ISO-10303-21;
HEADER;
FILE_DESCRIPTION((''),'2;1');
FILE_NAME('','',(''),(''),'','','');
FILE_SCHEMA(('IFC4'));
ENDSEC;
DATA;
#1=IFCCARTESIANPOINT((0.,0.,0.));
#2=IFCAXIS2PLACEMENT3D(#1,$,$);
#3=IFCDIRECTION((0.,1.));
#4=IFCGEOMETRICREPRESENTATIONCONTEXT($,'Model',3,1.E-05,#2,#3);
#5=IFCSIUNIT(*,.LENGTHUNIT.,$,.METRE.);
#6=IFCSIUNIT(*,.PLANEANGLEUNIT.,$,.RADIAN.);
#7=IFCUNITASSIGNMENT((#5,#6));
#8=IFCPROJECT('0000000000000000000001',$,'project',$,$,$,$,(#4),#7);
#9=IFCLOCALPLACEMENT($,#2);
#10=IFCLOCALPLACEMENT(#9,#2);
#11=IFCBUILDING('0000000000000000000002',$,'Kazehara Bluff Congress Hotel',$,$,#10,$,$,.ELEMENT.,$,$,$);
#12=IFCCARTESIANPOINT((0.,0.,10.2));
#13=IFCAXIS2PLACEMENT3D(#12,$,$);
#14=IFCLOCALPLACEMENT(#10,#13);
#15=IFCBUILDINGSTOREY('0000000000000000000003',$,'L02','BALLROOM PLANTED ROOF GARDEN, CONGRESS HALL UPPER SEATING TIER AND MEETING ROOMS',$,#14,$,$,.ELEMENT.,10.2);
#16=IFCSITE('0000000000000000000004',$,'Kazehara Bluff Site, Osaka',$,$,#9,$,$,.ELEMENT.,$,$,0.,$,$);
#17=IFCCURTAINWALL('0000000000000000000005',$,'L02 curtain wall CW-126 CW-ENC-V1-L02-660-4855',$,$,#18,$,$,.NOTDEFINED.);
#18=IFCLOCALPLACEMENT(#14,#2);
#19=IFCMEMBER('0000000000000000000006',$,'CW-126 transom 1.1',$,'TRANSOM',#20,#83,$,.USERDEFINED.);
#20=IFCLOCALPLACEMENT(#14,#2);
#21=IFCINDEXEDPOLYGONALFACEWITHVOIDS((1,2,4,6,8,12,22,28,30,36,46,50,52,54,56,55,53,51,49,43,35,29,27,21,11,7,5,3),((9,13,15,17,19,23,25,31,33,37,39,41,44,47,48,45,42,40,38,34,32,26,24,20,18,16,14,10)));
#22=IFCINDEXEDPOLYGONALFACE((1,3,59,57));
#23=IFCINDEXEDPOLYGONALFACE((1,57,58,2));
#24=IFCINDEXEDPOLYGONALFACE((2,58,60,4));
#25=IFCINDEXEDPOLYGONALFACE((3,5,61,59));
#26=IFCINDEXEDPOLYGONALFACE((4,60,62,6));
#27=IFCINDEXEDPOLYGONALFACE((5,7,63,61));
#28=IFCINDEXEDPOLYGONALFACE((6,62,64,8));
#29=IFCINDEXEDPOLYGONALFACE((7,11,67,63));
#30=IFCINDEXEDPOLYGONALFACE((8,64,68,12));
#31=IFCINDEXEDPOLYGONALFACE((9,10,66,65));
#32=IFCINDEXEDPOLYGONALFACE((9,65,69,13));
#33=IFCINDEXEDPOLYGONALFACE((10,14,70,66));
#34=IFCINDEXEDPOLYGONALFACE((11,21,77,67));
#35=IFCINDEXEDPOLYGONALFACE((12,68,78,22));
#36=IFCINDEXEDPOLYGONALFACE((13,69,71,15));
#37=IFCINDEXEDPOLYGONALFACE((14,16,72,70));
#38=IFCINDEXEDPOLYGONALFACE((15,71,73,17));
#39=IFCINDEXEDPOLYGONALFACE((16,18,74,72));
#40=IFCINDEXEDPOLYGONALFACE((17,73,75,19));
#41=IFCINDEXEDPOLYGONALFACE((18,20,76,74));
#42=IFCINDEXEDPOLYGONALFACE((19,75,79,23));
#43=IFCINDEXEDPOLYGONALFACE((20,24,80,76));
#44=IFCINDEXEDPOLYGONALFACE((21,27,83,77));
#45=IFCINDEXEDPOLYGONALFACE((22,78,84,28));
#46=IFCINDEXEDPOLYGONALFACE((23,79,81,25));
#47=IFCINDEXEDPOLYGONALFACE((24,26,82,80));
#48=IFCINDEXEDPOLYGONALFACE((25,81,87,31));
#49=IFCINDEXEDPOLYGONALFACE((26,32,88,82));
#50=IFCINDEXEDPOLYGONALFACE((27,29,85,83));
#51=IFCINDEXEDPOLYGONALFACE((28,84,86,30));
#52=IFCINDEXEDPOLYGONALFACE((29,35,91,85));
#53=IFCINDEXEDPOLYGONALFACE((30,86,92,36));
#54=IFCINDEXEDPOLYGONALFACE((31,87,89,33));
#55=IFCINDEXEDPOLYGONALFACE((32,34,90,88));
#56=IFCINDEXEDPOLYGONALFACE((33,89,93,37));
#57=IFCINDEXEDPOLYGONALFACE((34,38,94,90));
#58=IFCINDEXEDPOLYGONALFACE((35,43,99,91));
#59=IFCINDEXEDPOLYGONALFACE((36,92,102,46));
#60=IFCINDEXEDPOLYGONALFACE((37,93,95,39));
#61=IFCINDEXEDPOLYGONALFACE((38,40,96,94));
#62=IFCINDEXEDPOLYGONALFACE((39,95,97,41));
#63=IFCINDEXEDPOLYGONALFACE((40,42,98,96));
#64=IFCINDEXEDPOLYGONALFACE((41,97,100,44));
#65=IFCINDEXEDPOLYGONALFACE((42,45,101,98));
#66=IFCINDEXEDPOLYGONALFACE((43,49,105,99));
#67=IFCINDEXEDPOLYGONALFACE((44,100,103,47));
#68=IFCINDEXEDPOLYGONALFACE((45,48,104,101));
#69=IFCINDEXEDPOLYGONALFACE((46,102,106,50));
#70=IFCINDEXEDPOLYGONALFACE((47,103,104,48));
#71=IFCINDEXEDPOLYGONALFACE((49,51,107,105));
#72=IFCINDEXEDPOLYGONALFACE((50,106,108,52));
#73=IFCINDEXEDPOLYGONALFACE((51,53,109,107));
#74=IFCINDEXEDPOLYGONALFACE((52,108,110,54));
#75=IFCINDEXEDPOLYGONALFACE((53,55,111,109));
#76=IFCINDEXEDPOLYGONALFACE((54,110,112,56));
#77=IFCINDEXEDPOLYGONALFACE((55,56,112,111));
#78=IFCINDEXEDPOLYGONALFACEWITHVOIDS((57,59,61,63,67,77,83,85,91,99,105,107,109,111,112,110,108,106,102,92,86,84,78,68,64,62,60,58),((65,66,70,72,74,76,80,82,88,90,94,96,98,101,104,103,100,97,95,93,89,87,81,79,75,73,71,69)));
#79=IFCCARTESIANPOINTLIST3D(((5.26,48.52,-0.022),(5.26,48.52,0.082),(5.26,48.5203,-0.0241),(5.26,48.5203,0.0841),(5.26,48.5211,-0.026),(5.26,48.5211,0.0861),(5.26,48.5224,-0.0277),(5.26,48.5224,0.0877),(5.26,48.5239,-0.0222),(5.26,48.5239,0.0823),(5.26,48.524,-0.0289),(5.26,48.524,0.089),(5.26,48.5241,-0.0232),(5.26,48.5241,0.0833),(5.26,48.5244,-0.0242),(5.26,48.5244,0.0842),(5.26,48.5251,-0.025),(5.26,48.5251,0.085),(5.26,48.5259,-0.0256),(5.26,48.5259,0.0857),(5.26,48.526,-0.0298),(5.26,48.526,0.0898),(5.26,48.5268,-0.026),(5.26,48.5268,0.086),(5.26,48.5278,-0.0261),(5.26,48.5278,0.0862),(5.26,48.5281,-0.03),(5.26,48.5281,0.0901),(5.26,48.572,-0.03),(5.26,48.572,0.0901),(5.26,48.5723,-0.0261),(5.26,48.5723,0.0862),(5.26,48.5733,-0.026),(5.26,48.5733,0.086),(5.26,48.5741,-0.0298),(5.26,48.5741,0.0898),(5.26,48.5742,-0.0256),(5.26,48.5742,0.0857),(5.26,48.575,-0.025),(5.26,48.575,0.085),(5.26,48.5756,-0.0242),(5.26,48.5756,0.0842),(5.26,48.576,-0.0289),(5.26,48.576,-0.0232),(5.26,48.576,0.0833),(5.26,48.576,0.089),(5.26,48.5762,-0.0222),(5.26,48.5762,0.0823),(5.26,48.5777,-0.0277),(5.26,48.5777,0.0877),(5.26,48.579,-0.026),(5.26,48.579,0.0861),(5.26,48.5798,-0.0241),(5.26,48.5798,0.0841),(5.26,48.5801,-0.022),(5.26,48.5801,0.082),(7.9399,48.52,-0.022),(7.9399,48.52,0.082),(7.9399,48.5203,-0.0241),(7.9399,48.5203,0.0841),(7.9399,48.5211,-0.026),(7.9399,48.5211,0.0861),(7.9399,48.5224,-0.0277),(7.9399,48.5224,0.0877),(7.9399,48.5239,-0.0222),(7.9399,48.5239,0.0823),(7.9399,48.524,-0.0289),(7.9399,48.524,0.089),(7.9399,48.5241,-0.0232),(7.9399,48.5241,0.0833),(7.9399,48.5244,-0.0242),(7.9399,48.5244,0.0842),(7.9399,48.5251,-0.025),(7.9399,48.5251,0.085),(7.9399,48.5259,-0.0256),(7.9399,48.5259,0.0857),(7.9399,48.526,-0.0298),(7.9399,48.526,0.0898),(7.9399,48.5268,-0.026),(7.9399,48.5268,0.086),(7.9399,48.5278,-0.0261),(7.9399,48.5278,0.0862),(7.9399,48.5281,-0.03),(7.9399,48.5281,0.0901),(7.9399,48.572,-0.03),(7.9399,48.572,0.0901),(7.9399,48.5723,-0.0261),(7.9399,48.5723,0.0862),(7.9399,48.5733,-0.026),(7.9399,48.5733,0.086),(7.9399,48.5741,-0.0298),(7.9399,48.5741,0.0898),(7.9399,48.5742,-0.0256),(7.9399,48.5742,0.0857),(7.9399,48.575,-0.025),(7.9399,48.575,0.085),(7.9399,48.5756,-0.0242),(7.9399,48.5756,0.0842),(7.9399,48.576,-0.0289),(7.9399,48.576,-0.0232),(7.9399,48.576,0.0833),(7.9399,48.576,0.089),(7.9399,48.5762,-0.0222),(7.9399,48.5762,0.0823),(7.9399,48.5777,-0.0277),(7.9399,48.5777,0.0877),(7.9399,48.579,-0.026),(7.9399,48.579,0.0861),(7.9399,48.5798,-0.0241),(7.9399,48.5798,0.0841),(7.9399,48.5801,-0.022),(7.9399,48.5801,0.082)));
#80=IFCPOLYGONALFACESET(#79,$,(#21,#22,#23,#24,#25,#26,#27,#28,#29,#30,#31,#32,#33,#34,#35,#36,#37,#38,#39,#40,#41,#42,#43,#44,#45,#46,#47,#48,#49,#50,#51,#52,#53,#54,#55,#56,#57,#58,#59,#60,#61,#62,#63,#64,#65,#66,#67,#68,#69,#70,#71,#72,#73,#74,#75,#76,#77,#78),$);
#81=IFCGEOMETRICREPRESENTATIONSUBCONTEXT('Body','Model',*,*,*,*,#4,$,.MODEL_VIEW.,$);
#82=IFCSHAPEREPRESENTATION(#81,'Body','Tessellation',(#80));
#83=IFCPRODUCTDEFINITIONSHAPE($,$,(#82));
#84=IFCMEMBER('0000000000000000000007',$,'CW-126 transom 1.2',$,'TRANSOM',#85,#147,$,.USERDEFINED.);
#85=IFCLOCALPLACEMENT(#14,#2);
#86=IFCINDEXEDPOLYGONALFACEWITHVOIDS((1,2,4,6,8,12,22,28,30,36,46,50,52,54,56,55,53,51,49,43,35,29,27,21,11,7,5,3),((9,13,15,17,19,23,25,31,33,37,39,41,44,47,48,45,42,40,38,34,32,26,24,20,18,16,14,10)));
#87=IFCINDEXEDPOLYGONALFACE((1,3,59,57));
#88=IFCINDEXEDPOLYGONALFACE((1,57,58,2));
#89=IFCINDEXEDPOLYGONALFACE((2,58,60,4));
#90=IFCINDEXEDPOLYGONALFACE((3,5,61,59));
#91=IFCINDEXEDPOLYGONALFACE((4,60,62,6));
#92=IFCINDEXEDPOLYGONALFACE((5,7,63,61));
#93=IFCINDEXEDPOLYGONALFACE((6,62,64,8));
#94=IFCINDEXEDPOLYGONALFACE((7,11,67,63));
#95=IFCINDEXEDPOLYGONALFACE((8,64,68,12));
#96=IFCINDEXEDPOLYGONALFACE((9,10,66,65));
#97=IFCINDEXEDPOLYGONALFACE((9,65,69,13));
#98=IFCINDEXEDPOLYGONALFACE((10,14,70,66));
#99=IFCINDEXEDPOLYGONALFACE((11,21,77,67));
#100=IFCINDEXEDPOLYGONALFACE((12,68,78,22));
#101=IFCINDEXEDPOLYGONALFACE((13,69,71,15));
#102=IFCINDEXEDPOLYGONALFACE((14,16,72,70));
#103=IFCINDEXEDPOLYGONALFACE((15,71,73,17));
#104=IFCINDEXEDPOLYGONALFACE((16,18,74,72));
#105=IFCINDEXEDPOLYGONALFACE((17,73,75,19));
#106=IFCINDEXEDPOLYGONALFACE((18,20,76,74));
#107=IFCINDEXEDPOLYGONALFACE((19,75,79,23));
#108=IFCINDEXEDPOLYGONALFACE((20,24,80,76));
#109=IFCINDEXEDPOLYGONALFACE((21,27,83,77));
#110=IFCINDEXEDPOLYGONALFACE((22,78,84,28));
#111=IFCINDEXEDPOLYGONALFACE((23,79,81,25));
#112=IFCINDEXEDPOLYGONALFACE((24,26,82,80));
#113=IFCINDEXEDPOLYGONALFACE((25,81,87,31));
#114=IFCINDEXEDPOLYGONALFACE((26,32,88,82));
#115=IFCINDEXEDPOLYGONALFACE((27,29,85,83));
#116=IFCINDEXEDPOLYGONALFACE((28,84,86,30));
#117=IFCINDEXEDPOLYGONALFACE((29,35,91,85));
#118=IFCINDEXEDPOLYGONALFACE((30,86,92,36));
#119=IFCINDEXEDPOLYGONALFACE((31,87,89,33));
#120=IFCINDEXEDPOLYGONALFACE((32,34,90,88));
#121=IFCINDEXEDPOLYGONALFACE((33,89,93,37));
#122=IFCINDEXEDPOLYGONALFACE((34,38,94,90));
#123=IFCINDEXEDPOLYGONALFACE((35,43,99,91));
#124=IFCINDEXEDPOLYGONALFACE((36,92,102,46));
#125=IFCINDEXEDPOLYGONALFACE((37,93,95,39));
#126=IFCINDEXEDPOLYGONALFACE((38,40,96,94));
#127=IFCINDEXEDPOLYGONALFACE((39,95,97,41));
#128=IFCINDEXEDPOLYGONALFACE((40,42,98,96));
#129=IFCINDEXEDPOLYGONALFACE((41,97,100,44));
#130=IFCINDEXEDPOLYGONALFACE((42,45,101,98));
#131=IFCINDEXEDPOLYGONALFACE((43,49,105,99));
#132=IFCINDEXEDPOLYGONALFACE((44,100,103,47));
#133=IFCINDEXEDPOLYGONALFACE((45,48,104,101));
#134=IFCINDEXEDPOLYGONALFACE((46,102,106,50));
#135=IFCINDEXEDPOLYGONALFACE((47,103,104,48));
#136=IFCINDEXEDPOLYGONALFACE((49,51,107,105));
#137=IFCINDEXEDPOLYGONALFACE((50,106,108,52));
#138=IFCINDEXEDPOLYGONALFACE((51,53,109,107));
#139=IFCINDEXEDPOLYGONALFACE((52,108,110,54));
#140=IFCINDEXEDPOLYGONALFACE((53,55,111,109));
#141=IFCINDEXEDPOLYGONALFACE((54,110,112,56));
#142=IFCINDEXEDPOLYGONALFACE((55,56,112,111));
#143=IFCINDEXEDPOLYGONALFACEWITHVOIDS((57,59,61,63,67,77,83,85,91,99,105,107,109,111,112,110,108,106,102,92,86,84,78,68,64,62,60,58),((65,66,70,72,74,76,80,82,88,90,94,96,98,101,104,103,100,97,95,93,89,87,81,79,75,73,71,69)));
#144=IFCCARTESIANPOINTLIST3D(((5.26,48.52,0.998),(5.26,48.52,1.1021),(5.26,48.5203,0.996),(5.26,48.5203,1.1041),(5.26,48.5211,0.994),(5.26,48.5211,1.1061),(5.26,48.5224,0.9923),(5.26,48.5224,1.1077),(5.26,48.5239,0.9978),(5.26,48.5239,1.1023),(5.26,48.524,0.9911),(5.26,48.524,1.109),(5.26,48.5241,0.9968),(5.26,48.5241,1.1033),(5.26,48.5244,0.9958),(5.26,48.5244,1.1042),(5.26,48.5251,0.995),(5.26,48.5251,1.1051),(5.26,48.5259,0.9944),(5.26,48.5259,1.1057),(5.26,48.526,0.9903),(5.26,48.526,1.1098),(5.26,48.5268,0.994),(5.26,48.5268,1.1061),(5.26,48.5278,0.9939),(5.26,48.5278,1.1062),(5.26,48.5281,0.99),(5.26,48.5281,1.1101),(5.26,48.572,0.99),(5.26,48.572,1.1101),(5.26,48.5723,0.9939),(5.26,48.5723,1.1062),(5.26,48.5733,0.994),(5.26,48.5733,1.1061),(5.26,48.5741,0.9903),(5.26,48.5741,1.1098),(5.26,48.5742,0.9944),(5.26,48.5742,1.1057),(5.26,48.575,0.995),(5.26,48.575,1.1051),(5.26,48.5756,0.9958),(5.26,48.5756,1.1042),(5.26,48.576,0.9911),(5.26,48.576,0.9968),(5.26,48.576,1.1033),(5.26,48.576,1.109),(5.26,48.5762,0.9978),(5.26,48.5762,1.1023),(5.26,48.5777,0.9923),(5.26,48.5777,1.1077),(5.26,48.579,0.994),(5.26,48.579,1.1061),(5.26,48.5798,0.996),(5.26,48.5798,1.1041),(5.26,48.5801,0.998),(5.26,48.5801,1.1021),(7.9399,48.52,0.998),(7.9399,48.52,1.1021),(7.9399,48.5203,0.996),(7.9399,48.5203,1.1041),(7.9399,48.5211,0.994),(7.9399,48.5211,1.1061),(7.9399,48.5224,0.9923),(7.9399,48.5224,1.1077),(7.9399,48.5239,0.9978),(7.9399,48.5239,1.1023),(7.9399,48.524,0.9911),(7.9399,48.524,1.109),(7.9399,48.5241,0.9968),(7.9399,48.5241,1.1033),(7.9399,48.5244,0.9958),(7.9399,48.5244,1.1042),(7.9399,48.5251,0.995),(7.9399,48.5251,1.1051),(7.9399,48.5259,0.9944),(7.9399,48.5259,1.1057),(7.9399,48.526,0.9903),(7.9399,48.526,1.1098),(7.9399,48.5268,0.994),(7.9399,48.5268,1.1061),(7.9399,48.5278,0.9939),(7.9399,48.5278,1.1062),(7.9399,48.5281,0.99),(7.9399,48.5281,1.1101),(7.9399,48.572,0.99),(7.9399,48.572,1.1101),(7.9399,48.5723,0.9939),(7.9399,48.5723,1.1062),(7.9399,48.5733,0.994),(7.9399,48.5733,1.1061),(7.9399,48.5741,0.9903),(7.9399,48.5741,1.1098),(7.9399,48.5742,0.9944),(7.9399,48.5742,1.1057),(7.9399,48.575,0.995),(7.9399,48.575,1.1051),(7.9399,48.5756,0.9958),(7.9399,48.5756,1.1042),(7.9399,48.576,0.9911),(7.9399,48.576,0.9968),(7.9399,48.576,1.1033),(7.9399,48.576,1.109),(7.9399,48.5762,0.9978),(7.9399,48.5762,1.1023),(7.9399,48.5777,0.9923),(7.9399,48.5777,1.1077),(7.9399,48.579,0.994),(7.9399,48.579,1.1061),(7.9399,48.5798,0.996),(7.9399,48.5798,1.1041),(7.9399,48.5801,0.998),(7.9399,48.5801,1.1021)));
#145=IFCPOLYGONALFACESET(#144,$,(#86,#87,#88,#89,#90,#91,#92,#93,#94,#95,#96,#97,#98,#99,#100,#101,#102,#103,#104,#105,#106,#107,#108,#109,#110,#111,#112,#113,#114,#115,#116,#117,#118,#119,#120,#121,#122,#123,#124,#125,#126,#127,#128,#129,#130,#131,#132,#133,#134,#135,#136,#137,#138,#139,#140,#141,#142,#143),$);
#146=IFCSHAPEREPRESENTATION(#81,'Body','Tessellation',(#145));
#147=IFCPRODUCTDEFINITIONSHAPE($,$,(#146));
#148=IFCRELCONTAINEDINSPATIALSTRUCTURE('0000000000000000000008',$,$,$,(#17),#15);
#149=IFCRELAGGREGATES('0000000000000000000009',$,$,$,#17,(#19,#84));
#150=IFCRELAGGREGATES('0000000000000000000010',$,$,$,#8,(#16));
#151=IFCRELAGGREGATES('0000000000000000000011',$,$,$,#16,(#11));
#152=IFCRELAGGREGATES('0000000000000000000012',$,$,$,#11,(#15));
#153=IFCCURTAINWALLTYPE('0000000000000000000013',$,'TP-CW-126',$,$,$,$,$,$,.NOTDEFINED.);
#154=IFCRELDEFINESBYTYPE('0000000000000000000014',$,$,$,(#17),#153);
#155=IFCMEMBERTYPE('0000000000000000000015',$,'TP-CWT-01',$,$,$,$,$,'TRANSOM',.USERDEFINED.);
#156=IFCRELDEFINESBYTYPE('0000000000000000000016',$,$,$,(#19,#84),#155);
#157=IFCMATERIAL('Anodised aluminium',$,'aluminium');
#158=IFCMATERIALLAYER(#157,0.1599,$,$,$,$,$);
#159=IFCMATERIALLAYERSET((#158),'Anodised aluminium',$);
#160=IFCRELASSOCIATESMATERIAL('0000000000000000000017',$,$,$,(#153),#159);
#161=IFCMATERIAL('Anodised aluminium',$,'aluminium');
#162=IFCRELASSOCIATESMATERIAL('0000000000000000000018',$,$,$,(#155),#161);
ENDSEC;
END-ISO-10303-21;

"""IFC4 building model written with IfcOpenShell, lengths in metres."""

from ifc_helpers import new_model, si_unit, direction, frame, origin, origin_2d, place, context, subcontext, project, spatial, hollow_rectangle, extrude, material, layer, layer_set, material_profile, profile_set, type_object, element, aggregate, save


model = new_model("IFC4")

# Units and contexts
model_context = context("Model", 3, precision=1e-05, world=origin(), true_north=direction((0.0, 1.0)))
body_context = subcontext(model_context, "Body", "Model", "MODEL_VIEW")
ifc_project = project(units=[si_unit("LENGTHUNIT", "METRE"), si_unit("PLANEANGLEUNIT", "RADIAN")], contexts=[model_context])

# Site, building, storey
site_placement = place(None, origin())
site = spatial("IfcSite", under=ifc_project, at=site_placement, Name="Kazehara Bluff Site, Osaka", CompositionType="ELEMENT", RefElevation=0.0)
building_placement = place(site_placement, origin())
building = spatial("IfcBuilding", under=site, at=building_placement, Name="Kazehara Bluff Congress Hotel", CompositionType="ELEMENT")
storey_placement = place(building_placement, frame((0.0, 0.0, 10.2)))
storey = spatial("IfcBuildingStorey", under=building, at=storey_placement, Name="L02", Description="BALLROOM PLANTED ROOF GARDEN, CONGRESS HALL UPPER SEATING TIER AND MEETING ROOMS", CompositionType="ELEMENT", Elevation=10.2)

# Curtain wall, members
ifc_material_1 = material(Name="Anodised aluminium", Category="aluminium")
ifc_layer_1 = layer(ifc_material_1, 0.1599)
ifc_layer_set_1 = layer_set([ifc_layer_1], Name="Anodised aluminium")
curtain_wall_type = type_object("IfcCurtainWallType", Name="TP-CW-126", PredefinedType="NOTDEFINED", material=ifc_layer_set_1)
curtain_wall_placement = place(storey_placement, origin())
curtain_wall = element("IfcCurtainWall", 1, at=curtain_wall_placement, inside=storey, type_object=curtain_wall_type, Name="L02 curtain wall CW-126 CW-ENC-V1-L02-660-4855", PredefinedType="NOTDEFINED")
ifc_material_2 = material(Name="Anodised aluminium", Category="aluminium")
ifc_material_profile_1 = material_profile(ifc_material_2, hollow_rectangle(XDim=0.0601, YDim=0.1201, WallThickness=0.0039, InnerFilletRadius=0.0039, OuterFilletRadius=0.0081, at=origin_2d()))
ifc_profile_set_1 = profile_set([ifc_material_profile_1], Name="Anodised aluminium")
member_type_1 = type_object("IfcMemberType", Name="TP-CWT-01", ElementType="TRANSOM", PredefinedType="USERDEFINED", material=ifc_profile_set_1)
member_1_placement = place(storey_placement, frame((7.9399, 48.55, 0.03), z_axis=(-1.0, 0.0, 0.0), x_axis=(0.0, -1.0, 0.0)))
member_1 = element("IfcMember", 2, at=member_1_placement, type_object=member_type_1, Name="CW-126 transom 1.1", ObjectType="TRANSOM", PredefinedType="USERDEFINED", context=body_context, shape_type="SweptSolid", body=[
    extrude(hollow_rectangle(XDim=0.0601, YDim=0.1201, WallThickness=0.0039, InnerFilletRadius=0.0039, OuterFilletRadius=0.0081, at=origin_2d()), origin(), (0.0, 0.0, 1.0), 2.6799),
])
member_2_placement = place(storey_placement, frame((7.9399, 48.55, 1.05), z_axis=(-1.0, 0.0, 0.0), x_axis=(0.0, -1.0, 0.0)))
member_2 = element("IfcMember", 3, at=member_2_placement, type_object=member_type_1, Name="CW-126 transom 1.2", ObjectType="TRANSOM", PredefinedType="USERDEFINED", context=body_context, shape_type="SweptSolid", body=[
    extrude(hollow_rectangle(XDim=0.0601, YDim=0.1201, WallThickness=0.0039, InnerFilletRadius=0.0039, OuterFilletRadius=0.0081, at=origin_2d()), origin(), (0.0, 0.0, 1.0), 2.6799),
])

aggregate(curtain_wall, [member_1, member_2])

save(model, "model.ifc")
